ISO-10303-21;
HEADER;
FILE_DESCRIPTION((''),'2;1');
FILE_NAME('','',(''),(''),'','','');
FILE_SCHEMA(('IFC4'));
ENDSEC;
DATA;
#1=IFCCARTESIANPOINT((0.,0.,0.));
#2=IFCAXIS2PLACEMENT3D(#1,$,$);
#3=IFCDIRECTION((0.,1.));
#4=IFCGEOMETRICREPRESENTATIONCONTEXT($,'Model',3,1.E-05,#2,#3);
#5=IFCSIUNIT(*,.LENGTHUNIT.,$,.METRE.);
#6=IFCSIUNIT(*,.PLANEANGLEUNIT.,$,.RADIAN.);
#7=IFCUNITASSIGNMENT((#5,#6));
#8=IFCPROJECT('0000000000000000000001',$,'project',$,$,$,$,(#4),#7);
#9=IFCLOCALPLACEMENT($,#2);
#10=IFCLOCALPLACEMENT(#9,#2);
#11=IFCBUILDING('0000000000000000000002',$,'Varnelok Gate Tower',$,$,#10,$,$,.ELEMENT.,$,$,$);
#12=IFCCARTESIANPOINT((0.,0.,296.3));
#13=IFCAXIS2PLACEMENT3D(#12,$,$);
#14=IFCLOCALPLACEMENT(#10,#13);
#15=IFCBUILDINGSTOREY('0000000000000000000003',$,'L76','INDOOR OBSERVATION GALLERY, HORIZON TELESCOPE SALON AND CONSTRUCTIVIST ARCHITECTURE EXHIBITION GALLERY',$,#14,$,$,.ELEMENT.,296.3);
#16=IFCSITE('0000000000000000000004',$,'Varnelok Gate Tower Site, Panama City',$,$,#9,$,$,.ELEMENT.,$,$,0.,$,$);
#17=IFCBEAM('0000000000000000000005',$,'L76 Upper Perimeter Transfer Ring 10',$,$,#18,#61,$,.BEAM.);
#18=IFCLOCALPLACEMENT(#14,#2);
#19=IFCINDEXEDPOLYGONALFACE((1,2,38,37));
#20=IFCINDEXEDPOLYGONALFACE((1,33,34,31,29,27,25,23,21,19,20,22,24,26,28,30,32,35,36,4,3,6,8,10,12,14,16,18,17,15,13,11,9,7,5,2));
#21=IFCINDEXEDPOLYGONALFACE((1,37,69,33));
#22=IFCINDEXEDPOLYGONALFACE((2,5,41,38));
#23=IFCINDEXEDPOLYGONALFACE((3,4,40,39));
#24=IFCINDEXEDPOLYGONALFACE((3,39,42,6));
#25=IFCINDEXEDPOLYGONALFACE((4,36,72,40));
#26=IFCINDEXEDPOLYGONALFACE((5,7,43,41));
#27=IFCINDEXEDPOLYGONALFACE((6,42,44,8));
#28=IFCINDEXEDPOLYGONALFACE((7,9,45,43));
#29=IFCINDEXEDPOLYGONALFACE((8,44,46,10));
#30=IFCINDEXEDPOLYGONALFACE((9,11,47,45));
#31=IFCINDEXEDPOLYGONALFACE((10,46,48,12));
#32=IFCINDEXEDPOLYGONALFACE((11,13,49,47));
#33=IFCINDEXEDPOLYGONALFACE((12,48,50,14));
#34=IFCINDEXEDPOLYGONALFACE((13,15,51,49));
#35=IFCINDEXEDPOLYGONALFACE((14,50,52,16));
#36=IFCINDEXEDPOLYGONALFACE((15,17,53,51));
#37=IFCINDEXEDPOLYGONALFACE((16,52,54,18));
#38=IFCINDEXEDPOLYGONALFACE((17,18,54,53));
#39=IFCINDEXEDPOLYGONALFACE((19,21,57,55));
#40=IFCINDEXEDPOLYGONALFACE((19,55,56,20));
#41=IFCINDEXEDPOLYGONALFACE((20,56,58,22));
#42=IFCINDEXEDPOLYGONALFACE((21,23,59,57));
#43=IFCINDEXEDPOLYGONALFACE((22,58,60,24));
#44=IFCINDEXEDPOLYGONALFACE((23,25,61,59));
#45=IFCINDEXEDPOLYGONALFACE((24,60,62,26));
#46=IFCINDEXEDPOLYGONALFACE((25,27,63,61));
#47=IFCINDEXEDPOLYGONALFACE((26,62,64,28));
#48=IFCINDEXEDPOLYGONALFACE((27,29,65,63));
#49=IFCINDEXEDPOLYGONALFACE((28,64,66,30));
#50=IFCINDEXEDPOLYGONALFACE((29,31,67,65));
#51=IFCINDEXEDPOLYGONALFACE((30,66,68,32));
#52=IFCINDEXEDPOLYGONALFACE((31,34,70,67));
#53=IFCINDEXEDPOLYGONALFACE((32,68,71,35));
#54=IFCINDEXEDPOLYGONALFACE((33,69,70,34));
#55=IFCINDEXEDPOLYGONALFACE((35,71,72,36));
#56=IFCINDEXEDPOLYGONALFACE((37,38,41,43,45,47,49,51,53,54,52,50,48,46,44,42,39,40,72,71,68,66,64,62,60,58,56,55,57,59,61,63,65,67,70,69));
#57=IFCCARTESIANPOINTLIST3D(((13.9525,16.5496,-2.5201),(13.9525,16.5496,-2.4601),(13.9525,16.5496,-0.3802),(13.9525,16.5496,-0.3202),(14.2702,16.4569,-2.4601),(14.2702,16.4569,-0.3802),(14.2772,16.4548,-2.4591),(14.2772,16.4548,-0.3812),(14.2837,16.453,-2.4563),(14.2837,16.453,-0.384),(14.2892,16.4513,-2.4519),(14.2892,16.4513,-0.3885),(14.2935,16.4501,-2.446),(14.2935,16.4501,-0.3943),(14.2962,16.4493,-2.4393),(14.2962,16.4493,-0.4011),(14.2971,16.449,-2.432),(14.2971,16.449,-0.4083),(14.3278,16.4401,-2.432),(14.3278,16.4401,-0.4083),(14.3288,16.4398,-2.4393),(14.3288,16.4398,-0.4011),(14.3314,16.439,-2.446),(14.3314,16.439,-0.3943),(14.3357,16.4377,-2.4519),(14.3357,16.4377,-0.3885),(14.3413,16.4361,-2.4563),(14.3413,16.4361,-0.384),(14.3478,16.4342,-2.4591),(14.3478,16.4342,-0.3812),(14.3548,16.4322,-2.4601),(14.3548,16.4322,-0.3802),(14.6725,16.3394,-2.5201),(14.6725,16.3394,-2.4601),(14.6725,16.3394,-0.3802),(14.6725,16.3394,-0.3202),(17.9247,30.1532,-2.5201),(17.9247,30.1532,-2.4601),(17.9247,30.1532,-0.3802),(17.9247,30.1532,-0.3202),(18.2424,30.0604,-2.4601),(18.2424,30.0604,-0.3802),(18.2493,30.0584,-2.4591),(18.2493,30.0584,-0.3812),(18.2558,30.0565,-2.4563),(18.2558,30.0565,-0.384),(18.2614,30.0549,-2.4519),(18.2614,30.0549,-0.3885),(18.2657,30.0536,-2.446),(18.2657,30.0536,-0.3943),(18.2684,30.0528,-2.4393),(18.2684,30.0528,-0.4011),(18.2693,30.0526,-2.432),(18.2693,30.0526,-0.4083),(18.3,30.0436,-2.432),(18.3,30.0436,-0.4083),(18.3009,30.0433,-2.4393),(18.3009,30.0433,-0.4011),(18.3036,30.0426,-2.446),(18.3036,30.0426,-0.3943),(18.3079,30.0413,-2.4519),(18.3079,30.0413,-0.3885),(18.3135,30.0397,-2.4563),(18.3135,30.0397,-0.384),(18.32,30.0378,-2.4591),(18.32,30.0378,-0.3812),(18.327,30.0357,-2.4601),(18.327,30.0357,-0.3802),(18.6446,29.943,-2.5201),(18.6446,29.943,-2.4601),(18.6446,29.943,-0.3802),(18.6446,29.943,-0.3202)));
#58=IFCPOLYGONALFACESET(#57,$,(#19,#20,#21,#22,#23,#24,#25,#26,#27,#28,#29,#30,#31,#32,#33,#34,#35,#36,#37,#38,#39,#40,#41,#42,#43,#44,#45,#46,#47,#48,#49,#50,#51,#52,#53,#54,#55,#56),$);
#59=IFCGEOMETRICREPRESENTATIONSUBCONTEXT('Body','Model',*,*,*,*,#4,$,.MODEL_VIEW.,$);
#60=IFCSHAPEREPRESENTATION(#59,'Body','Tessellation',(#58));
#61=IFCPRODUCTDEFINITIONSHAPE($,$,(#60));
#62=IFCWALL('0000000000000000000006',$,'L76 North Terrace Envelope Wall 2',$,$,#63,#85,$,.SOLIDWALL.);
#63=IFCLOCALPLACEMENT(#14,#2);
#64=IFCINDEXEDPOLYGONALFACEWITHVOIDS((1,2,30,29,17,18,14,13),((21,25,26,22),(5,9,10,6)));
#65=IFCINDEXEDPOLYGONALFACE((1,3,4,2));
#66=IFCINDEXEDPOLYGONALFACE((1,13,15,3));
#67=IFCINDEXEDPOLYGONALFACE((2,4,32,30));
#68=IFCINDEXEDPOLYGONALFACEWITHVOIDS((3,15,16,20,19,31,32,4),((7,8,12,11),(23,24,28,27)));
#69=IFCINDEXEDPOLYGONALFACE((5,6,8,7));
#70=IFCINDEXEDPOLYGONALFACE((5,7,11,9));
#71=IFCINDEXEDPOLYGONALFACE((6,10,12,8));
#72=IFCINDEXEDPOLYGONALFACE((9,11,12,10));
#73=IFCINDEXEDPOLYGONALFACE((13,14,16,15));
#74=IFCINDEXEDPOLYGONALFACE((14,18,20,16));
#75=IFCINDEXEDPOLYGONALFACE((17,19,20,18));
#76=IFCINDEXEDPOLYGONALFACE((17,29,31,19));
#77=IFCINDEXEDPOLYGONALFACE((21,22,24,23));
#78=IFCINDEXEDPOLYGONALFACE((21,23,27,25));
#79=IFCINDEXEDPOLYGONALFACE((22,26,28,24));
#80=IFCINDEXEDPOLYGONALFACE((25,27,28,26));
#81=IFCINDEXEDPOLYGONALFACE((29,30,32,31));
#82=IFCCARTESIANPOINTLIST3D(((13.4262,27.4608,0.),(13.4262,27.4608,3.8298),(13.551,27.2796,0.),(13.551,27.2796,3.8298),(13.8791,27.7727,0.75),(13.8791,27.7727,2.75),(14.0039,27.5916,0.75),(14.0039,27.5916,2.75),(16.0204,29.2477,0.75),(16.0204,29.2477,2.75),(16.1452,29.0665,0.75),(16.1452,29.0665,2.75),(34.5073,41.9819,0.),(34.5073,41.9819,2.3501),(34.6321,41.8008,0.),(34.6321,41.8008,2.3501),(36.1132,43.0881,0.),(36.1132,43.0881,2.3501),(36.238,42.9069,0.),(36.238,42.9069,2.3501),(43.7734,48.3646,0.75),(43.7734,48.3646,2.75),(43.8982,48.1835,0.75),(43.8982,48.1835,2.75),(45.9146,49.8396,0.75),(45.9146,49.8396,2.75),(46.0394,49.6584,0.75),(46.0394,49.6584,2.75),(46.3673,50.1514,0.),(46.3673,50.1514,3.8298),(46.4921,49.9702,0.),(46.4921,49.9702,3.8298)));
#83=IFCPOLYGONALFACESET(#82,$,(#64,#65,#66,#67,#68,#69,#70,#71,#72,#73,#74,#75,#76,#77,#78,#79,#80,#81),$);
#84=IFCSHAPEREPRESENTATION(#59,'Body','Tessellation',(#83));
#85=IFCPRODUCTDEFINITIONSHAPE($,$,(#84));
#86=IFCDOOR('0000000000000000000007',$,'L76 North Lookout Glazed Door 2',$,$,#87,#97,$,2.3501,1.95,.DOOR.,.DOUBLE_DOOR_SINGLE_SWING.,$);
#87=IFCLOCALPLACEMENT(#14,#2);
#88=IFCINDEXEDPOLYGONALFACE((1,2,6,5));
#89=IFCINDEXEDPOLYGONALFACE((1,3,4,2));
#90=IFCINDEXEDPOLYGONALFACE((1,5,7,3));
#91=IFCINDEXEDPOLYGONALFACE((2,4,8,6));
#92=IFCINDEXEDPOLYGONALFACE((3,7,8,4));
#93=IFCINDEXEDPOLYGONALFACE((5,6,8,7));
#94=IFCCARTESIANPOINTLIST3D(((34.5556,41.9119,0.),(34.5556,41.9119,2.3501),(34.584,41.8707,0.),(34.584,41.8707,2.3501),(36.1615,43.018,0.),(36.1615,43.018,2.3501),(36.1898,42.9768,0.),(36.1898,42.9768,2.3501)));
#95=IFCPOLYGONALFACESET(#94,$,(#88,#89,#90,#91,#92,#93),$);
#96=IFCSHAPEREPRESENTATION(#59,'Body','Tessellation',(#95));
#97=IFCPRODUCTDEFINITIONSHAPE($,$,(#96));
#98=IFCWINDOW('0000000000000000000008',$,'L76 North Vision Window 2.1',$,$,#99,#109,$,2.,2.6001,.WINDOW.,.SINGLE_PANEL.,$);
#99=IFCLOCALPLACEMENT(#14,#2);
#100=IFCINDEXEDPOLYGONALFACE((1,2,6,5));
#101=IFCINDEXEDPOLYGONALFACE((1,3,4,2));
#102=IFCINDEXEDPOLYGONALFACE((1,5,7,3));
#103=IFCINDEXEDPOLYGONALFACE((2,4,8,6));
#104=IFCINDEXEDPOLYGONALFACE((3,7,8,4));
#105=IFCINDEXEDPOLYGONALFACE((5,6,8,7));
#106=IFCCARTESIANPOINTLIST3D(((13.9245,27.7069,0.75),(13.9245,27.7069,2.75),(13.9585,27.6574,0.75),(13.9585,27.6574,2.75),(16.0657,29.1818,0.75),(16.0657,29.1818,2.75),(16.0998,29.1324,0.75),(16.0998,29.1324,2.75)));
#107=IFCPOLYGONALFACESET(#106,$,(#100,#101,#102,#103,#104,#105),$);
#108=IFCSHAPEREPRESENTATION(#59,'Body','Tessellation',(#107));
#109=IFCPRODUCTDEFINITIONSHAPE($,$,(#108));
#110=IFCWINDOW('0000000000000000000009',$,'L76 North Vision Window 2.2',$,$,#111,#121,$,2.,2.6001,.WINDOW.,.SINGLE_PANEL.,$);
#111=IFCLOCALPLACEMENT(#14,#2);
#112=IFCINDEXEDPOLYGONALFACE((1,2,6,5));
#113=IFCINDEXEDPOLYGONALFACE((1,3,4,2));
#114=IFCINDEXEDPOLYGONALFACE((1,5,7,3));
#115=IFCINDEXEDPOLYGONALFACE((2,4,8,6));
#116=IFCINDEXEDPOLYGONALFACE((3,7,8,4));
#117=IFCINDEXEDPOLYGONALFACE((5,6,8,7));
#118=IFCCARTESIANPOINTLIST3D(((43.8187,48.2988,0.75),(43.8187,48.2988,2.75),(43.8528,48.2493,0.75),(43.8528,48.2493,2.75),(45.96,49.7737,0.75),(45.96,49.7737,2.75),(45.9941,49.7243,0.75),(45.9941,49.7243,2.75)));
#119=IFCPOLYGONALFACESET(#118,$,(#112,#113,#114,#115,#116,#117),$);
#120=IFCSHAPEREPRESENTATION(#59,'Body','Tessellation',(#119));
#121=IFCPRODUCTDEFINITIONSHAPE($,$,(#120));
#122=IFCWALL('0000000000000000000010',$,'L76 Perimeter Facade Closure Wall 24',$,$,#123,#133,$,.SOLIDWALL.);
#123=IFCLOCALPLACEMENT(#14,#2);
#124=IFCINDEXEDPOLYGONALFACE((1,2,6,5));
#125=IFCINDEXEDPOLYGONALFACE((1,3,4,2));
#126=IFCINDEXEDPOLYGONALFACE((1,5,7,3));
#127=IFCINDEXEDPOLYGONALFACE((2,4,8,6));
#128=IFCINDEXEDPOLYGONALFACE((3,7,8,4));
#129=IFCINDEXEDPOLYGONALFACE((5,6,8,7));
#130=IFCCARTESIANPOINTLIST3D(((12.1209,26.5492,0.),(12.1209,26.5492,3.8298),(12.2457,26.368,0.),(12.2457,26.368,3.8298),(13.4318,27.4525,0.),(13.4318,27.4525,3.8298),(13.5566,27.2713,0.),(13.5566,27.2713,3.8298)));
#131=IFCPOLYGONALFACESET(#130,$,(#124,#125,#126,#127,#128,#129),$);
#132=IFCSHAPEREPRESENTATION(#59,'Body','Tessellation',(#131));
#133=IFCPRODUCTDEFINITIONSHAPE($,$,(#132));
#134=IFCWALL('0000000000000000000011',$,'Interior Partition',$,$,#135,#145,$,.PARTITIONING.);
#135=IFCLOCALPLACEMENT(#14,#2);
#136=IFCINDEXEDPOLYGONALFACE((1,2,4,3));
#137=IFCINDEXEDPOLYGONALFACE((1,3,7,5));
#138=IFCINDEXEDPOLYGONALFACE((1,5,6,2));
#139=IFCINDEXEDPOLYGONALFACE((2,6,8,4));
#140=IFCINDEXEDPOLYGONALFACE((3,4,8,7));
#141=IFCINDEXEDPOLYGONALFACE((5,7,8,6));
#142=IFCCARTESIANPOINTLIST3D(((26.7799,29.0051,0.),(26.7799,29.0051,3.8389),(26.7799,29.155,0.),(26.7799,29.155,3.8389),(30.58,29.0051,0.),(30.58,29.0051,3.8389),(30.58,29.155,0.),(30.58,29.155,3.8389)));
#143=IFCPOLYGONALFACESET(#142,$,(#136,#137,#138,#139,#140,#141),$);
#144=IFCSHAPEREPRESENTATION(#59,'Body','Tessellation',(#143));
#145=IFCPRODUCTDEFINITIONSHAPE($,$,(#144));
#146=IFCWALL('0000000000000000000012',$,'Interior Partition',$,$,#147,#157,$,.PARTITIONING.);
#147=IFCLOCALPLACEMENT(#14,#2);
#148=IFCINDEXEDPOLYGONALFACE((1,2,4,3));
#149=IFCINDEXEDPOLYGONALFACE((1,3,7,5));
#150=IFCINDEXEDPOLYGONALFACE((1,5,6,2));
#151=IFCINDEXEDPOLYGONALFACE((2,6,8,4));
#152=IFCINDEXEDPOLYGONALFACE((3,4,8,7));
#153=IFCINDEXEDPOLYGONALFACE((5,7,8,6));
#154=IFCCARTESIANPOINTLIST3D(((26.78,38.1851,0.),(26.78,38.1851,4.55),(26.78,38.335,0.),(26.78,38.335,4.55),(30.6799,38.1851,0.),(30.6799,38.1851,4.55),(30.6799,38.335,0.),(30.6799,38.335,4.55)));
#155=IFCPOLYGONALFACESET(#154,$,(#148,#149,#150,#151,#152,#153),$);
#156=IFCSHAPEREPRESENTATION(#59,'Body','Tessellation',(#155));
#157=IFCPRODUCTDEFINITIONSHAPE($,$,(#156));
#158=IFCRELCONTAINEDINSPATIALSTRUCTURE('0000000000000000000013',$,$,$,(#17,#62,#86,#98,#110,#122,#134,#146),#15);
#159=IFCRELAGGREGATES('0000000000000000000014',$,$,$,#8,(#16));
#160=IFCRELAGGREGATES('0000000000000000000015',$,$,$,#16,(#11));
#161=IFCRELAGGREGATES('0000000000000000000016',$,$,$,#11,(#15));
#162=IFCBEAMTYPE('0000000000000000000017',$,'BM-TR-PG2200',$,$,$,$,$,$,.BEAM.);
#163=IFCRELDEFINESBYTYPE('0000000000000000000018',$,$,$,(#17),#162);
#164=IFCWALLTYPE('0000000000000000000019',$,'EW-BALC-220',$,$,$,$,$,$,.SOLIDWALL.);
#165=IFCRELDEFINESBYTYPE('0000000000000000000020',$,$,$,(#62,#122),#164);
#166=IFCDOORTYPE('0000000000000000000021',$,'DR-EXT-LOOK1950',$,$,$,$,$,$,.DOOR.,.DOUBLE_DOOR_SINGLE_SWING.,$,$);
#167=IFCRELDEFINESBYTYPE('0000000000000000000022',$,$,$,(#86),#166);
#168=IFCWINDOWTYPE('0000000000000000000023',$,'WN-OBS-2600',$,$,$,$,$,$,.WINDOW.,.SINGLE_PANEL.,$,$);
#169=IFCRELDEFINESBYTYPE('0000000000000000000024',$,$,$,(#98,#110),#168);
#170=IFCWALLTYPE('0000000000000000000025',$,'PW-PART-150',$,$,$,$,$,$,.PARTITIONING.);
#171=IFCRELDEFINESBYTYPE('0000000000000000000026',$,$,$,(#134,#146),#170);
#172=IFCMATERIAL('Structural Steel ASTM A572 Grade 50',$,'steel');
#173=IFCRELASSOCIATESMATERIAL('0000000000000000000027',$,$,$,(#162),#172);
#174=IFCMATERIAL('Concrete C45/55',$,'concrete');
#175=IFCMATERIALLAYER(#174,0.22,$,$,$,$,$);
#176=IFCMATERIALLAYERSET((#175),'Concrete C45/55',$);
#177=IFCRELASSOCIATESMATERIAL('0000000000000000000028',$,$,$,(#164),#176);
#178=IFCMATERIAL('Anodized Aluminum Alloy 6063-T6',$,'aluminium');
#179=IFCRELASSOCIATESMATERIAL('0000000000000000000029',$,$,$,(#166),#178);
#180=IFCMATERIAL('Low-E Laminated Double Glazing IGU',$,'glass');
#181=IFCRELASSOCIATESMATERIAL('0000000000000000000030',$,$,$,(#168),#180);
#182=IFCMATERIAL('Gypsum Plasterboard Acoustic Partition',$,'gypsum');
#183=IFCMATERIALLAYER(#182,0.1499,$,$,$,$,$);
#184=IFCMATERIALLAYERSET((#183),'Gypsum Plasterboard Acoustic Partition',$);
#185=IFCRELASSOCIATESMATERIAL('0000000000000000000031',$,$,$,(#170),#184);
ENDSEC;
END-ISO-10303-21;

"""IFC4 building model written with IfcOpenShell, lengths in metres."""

from ifc_helpers import new_model, si_unit, direction, frame, frame_2d, origin, origin_2d, place, context, subcontext, project, spatial, rectangle, i_section, extrude, material, layer, layer_set, material_profile, profile_set, type_object, element, fill, save


model = new_model("IFC4")

# Units and contexts
model_context = context("Model", 3, precision=1e-05, world=origin(), true_north=direction((0.0, 1.0)))
body_context = subcontext(model_context, "Body", "Model", "MODEL_VIEW")
ifc_project = project(units=[si_unit("LENGTHUNIT", "METRE"), si_unit("PLANEANGLEUNIT", "RADIAN")], contexts=[model_context])

# Site, building, storey
site_placement = place(None, origin())
site = spatial("IfcSite", under=ifc_project, at=site_placement, Name="Varnelok Gate Tower Site, Panama City", CompositionType="ELEMENT", RefElevation=0.0)
building_placement = place(site_placement, origin())
building = spatial("IfcBuilding", under=site, at=building_placement, Name="Varnelok Gate Tower", CompositionType="ELEMENT")
storey_placement = place(building_placement, frame((0.0, 0.0, 296.3)))
storey = spatial("IfcBuildingStorey", under=building, at=storey_placement, Name="L76", Description="INDOOR OBSERVATION GALLERY, HORIZON TELESCOPE SALON AND CONSTRUCTIVIST ARCHITECTURE EXHIBITION GALLERY", CompositionType="ELEMENT", Elevation=296.3)

# Beam
ifc_material_1 = material(Name="Structural Steel ASTM A572 Grade 50", Category="steel")
ifc_material_profile_1 = material_profile(ifc_material_1, i_section(OverallWidth=0.75, OverallDepth=2.2, WebThickness=0.032, FlangeThickness=0.0601, FilletRadius=0.0281, at=origin_2d()), Name="PG2200X750")
ifc_profile_set_1 = profile_set([ifc_material_profile_1], Name="Structural Steel ASTM A572 Grade 50")
beam_type_1 = type_object("IfcBeamType", Name="BM-TR-PG2200", PredefinedType="BEAM", material=ifc_profile_set_1)
beam_1_placement = place(storey_placement, frame((18.2847, 30.0481, -1.4202), z_axis=(-0.280291, -0.959915, 0.0), x_axis=(0.959915, -0.280291, 0.0)))
element("IfcBeam", 1, at=beam_1_placement, inside=storey, type_object=beam_type_1, Name="L76 Upper Perimeter Transfer Ring 10", PredefinedType="BEAM", context=body_context, shape_type="SweptSolid", body=[
    extrude(i_section(OverallWidth=0.75, OverallDepth=2.2, WebThickness=0.032, FlangeThickness=0.0601, FilletRadius=0.0281, at=origin_2d()), origin(), (0.0, 0.0, 1.0), 14.1716),
])

# Wall, openings, door, windows
ifc_material_2 = material(Name="Concrete C45/55", Category="concrete")
ifc_layer_1 = layer(ifc_material_2, 0.22)
ifc_layer_set_1 = layer_set([ifc_layer_1], Name="Concrete C45/55")
wall_type_1 = type_object("IfcWallType", Name="EW-BALC-220", PredefinedType="SOLIDWALL", material=ifc_layer_set_1)
wall_1_placement = place(storey_placement, frame((13.4885, 27.3701, 0.0), z_axis=(0.0, 0.0, 1.0), x_axis=(0.823532, 0.567269, 0.0)))
wall_1 = element("IfcWall", 2, at=wall_1_placement, inside=storey, type_object=wall_type_1, Name="L76 North Terrace Envelope Wall 2", PredefinedType="SOLIDWALL", context=body_context, shape_type="SweptSolid", body=[
    extrude(rectangle(XDim=39.9998, YDim=0.22, at=frame_2d((20.0, 0.0))), origin(), (0.0, 0.0, 1.0), 3.8298),
])
opening_1_placement = place(wall_1_placement, frame((25.5984, 0.0, 0.0)))
opening_1 = element("IfcOpeningElement", 3, at=opening_1_placement, cuts=wall_1, PredefinedType="OPENING", context=body_context, shape_type="SweptSolid", body=[
    extrude(rectangle(XDim=1.95, YDim=2.3501, at=frame_2d((0.9751, 1.175))), frame((0.0, 0.1199, 0.0), z_axis=(0.0, -1.0, 0.0), x_axis=(1.0, 0.0, 0.0)), (0.0, 0.0, 1.0), 0.24),
])
opening_2_placement = place(wall_1_placement, frame((0.55, 0.0, 0.75)))
opening_2 = element("IfcOpeningElement", 4, at=opening_2_placement, cuts=wall_1, PredefinedType="OPENING", context=body_context, shape_type="SweptSolid", body=[
    extrude(rectangle(XDim=2.6001, YDim=2.0, at=frame_2d((1.3, 1.0))), frame((0.0, 0.1199, 0.0), z_axis=(0.0, -1.0, 0.0), x_axis=(1.0, 0.0, 0.0)), (0.0, 0.0, 1.0), 0.24),
])
opening_3_placement = place(wall_1_placement, frame((36.8501, 0.0, 0.75)))
opening_3 = element("IfcOpeningElement", 5, at=opening_3_placement, cuts=wall_1, PredefinedType="OPENING", context=body_context, shape_type="SweptSolid", body=[
    extrude(rectangle(XDim=2.6001, YDim=2.0, at=frame_2d((1.3, 1.0))), frame((0.0, 0.1199, 0.0), z_axis=(0.0, -1.0, 0.0), x_axis=(1.0, 0.0, 0.0)), (0.0, 0.0, 1.0), 0.24),
])
ifc_material_3 = material(Name="Anodized Aluminum Alloy 6063-T6", Category="aluminium")
door_type_1 = type_object("IfcDoorType", Name="DR-EXT-LOOK1950", OperationType="DOUBLE_DOOR_SINGLE_SWING", PredefinedType="DOOR", material=ifc_material_3)
door_1_placement = place(opening_1_placement, origin())
door_1 = element("IfcDoor", 6, at=door_1_placement, inside=storey, type_object=door_type_1, Name="L76 North Lookout Glazed Door 2", OperationType="DOUBLE_DOOR_SINGLE_SWING", OverallHeight=2.3501, OverallWidth=1.95, PredefinedType="DOOR", context=body_context, shape_type="SweptSolid", body=[
    extrude(rectangle(XDim=1.95, YDim=2.3501, at=frame_2d((0.9751, 1.175))), frame((0.0, 0.0249, 0.0), z_axis=(0.0, -1.0, 0.0), x_axis=(1.0, 0.0, 0.0)), (0.0, 0.0, 1.0), 0.05),
])
fill(opening_1, door_1)
ifc_material_4 = material(Name="Low-E Laminated Double Glazing IGU", Category="glass")
window_type = type_object("IfcWindowType", Name="WN-OBS-2600", PartitioningType="SINGLE_PANEL", PredefinedType="WINDOW", material=ifc_material_4)
window_1_placement = place(opening_2_placement, origin())
window_1 = element("IfcWindow", 7, at=window_1_placement, inside=storey, type_object=window_type, Name="L76 North Vision Window 2.1", OverallHeight=2.0, OverallWidth=2.6001, PartitioningType="SINGLE_PANEL", PredefinedType="WINDOW", context=body_context, shape_type="SweptSolid", body=[
    extrude(rectangle(XDim=2.6001, YDim=2.0, at=frame_2d((1.3, 1.0))), frame((0.0, 0.03, 0.0), z_axis=(0.0, -1.0, 0.0), x_axis=(1.0, 0.0, 0.0)), (0.0, 0.0, 1.0), 0.0601),
])
fill(opening_2, window_1)
window_2_placement = place(opening_3_placement, origin())
window_2 = element("IfcWindow", 8, at=window_2_placement, inside=storey, type_object=window_type, Name="L76 North Vision Window 2.2", OverallHeight=2.0, OverallWidth=2.6001, PartitioningType="SINGLE_PANEL", PredefinedType="WINDOW", context=body_context, shape_type="SweptSolid", body=[
    extrude(rectangle(XDim=2.6001, YDim=2.0, at=frame_2d((1.3, 1.0))), frame((0.0, 0.03, 0.0), z_axis=(0.0, -1.0, 0.0), x_axis=(1.0, 0.0, 0.0)), (0.0, 0.0, 1.0), 0.0601),
])
fill(opening_3, window_2)

# Walls
wall_2_placement = place(storey_placement, frame((13.4941, 27.3618, 0.0), z_axis=(0.0, 0.0, 1.0), x_axis=(-0.82346, -0.567375, 0.0)))
element("IfcWall", 9, at=wall_2_placement, inside=storey, type_object=wall_type_1, Name="L76 Perimeter Facade Closure Wall 24", PredefinedType="SOLIDWALL", context=body_context, shape_type="SweptSolid", body=[
    extrude(rectangle(XDim=1.592, YDim=0.22, at=frame_2d((0.7959, 0.0))), origin(), (0.0, 0.0, 1.0), 3.8298),
])
ifc_material_5 = material(Name="Gypsum Plasterboard Acoustic Partition", Category="gypsum")
ifc_layer_2 = layer(ifc_material_5, 0.1499)
ifc_layer_set_2 = layer_set([ifc_layer_2], Name="Gypsum Plasterboard Acoustic Partition")
wall_type_2 = type_object("IfcWallType", Name="PW-PART-150", PredefinedType="PARTITIONING", material=ifc_layer_set_2)
wall_3_placement = place(storey_placement, frame((26.78, 29.0801, 0.0), z_axis=(0.0, 0.0, 1.0), x_axis=(1.0, 0.0, 0.0)))
element("IfcWall", 10, at=wall_3_placement, inside=storey, type_object=wall_type_2, Name="Interior Partition", PredefinedType="PARTITIONING", context=body_context, shape_type="SweptSolid", body=[
    extrude(rectangle(XDim=3.8, YDim=0.1499, at=frame_2d((1.8999, 0.0))), origin(), (0.0, 0.0, 1.0), 3.8389),
])
wall_4_placement = place(storey_placement, frame((26.78, 38.26, 0.0), z_axis=(0.0, 0.0, 1.0), x_axis=(1.0, 0.0, 0.0)))
element("IfcWall", 11, at=wall_4_placement, inside=storey, type_object=wall_type_2, Name="Interior Partition", PredefinedType="PARTITIONING", context=body_context, shape_type="SweptSolid", body=[
    extrude(rectangle(XDim=3.8999, YDim=0.1499, at=frame_2d((1.95, 0.0))), origin(), (0.0, 0.0, 1.0), 4.55),
])

save(model, "model.ifc")
